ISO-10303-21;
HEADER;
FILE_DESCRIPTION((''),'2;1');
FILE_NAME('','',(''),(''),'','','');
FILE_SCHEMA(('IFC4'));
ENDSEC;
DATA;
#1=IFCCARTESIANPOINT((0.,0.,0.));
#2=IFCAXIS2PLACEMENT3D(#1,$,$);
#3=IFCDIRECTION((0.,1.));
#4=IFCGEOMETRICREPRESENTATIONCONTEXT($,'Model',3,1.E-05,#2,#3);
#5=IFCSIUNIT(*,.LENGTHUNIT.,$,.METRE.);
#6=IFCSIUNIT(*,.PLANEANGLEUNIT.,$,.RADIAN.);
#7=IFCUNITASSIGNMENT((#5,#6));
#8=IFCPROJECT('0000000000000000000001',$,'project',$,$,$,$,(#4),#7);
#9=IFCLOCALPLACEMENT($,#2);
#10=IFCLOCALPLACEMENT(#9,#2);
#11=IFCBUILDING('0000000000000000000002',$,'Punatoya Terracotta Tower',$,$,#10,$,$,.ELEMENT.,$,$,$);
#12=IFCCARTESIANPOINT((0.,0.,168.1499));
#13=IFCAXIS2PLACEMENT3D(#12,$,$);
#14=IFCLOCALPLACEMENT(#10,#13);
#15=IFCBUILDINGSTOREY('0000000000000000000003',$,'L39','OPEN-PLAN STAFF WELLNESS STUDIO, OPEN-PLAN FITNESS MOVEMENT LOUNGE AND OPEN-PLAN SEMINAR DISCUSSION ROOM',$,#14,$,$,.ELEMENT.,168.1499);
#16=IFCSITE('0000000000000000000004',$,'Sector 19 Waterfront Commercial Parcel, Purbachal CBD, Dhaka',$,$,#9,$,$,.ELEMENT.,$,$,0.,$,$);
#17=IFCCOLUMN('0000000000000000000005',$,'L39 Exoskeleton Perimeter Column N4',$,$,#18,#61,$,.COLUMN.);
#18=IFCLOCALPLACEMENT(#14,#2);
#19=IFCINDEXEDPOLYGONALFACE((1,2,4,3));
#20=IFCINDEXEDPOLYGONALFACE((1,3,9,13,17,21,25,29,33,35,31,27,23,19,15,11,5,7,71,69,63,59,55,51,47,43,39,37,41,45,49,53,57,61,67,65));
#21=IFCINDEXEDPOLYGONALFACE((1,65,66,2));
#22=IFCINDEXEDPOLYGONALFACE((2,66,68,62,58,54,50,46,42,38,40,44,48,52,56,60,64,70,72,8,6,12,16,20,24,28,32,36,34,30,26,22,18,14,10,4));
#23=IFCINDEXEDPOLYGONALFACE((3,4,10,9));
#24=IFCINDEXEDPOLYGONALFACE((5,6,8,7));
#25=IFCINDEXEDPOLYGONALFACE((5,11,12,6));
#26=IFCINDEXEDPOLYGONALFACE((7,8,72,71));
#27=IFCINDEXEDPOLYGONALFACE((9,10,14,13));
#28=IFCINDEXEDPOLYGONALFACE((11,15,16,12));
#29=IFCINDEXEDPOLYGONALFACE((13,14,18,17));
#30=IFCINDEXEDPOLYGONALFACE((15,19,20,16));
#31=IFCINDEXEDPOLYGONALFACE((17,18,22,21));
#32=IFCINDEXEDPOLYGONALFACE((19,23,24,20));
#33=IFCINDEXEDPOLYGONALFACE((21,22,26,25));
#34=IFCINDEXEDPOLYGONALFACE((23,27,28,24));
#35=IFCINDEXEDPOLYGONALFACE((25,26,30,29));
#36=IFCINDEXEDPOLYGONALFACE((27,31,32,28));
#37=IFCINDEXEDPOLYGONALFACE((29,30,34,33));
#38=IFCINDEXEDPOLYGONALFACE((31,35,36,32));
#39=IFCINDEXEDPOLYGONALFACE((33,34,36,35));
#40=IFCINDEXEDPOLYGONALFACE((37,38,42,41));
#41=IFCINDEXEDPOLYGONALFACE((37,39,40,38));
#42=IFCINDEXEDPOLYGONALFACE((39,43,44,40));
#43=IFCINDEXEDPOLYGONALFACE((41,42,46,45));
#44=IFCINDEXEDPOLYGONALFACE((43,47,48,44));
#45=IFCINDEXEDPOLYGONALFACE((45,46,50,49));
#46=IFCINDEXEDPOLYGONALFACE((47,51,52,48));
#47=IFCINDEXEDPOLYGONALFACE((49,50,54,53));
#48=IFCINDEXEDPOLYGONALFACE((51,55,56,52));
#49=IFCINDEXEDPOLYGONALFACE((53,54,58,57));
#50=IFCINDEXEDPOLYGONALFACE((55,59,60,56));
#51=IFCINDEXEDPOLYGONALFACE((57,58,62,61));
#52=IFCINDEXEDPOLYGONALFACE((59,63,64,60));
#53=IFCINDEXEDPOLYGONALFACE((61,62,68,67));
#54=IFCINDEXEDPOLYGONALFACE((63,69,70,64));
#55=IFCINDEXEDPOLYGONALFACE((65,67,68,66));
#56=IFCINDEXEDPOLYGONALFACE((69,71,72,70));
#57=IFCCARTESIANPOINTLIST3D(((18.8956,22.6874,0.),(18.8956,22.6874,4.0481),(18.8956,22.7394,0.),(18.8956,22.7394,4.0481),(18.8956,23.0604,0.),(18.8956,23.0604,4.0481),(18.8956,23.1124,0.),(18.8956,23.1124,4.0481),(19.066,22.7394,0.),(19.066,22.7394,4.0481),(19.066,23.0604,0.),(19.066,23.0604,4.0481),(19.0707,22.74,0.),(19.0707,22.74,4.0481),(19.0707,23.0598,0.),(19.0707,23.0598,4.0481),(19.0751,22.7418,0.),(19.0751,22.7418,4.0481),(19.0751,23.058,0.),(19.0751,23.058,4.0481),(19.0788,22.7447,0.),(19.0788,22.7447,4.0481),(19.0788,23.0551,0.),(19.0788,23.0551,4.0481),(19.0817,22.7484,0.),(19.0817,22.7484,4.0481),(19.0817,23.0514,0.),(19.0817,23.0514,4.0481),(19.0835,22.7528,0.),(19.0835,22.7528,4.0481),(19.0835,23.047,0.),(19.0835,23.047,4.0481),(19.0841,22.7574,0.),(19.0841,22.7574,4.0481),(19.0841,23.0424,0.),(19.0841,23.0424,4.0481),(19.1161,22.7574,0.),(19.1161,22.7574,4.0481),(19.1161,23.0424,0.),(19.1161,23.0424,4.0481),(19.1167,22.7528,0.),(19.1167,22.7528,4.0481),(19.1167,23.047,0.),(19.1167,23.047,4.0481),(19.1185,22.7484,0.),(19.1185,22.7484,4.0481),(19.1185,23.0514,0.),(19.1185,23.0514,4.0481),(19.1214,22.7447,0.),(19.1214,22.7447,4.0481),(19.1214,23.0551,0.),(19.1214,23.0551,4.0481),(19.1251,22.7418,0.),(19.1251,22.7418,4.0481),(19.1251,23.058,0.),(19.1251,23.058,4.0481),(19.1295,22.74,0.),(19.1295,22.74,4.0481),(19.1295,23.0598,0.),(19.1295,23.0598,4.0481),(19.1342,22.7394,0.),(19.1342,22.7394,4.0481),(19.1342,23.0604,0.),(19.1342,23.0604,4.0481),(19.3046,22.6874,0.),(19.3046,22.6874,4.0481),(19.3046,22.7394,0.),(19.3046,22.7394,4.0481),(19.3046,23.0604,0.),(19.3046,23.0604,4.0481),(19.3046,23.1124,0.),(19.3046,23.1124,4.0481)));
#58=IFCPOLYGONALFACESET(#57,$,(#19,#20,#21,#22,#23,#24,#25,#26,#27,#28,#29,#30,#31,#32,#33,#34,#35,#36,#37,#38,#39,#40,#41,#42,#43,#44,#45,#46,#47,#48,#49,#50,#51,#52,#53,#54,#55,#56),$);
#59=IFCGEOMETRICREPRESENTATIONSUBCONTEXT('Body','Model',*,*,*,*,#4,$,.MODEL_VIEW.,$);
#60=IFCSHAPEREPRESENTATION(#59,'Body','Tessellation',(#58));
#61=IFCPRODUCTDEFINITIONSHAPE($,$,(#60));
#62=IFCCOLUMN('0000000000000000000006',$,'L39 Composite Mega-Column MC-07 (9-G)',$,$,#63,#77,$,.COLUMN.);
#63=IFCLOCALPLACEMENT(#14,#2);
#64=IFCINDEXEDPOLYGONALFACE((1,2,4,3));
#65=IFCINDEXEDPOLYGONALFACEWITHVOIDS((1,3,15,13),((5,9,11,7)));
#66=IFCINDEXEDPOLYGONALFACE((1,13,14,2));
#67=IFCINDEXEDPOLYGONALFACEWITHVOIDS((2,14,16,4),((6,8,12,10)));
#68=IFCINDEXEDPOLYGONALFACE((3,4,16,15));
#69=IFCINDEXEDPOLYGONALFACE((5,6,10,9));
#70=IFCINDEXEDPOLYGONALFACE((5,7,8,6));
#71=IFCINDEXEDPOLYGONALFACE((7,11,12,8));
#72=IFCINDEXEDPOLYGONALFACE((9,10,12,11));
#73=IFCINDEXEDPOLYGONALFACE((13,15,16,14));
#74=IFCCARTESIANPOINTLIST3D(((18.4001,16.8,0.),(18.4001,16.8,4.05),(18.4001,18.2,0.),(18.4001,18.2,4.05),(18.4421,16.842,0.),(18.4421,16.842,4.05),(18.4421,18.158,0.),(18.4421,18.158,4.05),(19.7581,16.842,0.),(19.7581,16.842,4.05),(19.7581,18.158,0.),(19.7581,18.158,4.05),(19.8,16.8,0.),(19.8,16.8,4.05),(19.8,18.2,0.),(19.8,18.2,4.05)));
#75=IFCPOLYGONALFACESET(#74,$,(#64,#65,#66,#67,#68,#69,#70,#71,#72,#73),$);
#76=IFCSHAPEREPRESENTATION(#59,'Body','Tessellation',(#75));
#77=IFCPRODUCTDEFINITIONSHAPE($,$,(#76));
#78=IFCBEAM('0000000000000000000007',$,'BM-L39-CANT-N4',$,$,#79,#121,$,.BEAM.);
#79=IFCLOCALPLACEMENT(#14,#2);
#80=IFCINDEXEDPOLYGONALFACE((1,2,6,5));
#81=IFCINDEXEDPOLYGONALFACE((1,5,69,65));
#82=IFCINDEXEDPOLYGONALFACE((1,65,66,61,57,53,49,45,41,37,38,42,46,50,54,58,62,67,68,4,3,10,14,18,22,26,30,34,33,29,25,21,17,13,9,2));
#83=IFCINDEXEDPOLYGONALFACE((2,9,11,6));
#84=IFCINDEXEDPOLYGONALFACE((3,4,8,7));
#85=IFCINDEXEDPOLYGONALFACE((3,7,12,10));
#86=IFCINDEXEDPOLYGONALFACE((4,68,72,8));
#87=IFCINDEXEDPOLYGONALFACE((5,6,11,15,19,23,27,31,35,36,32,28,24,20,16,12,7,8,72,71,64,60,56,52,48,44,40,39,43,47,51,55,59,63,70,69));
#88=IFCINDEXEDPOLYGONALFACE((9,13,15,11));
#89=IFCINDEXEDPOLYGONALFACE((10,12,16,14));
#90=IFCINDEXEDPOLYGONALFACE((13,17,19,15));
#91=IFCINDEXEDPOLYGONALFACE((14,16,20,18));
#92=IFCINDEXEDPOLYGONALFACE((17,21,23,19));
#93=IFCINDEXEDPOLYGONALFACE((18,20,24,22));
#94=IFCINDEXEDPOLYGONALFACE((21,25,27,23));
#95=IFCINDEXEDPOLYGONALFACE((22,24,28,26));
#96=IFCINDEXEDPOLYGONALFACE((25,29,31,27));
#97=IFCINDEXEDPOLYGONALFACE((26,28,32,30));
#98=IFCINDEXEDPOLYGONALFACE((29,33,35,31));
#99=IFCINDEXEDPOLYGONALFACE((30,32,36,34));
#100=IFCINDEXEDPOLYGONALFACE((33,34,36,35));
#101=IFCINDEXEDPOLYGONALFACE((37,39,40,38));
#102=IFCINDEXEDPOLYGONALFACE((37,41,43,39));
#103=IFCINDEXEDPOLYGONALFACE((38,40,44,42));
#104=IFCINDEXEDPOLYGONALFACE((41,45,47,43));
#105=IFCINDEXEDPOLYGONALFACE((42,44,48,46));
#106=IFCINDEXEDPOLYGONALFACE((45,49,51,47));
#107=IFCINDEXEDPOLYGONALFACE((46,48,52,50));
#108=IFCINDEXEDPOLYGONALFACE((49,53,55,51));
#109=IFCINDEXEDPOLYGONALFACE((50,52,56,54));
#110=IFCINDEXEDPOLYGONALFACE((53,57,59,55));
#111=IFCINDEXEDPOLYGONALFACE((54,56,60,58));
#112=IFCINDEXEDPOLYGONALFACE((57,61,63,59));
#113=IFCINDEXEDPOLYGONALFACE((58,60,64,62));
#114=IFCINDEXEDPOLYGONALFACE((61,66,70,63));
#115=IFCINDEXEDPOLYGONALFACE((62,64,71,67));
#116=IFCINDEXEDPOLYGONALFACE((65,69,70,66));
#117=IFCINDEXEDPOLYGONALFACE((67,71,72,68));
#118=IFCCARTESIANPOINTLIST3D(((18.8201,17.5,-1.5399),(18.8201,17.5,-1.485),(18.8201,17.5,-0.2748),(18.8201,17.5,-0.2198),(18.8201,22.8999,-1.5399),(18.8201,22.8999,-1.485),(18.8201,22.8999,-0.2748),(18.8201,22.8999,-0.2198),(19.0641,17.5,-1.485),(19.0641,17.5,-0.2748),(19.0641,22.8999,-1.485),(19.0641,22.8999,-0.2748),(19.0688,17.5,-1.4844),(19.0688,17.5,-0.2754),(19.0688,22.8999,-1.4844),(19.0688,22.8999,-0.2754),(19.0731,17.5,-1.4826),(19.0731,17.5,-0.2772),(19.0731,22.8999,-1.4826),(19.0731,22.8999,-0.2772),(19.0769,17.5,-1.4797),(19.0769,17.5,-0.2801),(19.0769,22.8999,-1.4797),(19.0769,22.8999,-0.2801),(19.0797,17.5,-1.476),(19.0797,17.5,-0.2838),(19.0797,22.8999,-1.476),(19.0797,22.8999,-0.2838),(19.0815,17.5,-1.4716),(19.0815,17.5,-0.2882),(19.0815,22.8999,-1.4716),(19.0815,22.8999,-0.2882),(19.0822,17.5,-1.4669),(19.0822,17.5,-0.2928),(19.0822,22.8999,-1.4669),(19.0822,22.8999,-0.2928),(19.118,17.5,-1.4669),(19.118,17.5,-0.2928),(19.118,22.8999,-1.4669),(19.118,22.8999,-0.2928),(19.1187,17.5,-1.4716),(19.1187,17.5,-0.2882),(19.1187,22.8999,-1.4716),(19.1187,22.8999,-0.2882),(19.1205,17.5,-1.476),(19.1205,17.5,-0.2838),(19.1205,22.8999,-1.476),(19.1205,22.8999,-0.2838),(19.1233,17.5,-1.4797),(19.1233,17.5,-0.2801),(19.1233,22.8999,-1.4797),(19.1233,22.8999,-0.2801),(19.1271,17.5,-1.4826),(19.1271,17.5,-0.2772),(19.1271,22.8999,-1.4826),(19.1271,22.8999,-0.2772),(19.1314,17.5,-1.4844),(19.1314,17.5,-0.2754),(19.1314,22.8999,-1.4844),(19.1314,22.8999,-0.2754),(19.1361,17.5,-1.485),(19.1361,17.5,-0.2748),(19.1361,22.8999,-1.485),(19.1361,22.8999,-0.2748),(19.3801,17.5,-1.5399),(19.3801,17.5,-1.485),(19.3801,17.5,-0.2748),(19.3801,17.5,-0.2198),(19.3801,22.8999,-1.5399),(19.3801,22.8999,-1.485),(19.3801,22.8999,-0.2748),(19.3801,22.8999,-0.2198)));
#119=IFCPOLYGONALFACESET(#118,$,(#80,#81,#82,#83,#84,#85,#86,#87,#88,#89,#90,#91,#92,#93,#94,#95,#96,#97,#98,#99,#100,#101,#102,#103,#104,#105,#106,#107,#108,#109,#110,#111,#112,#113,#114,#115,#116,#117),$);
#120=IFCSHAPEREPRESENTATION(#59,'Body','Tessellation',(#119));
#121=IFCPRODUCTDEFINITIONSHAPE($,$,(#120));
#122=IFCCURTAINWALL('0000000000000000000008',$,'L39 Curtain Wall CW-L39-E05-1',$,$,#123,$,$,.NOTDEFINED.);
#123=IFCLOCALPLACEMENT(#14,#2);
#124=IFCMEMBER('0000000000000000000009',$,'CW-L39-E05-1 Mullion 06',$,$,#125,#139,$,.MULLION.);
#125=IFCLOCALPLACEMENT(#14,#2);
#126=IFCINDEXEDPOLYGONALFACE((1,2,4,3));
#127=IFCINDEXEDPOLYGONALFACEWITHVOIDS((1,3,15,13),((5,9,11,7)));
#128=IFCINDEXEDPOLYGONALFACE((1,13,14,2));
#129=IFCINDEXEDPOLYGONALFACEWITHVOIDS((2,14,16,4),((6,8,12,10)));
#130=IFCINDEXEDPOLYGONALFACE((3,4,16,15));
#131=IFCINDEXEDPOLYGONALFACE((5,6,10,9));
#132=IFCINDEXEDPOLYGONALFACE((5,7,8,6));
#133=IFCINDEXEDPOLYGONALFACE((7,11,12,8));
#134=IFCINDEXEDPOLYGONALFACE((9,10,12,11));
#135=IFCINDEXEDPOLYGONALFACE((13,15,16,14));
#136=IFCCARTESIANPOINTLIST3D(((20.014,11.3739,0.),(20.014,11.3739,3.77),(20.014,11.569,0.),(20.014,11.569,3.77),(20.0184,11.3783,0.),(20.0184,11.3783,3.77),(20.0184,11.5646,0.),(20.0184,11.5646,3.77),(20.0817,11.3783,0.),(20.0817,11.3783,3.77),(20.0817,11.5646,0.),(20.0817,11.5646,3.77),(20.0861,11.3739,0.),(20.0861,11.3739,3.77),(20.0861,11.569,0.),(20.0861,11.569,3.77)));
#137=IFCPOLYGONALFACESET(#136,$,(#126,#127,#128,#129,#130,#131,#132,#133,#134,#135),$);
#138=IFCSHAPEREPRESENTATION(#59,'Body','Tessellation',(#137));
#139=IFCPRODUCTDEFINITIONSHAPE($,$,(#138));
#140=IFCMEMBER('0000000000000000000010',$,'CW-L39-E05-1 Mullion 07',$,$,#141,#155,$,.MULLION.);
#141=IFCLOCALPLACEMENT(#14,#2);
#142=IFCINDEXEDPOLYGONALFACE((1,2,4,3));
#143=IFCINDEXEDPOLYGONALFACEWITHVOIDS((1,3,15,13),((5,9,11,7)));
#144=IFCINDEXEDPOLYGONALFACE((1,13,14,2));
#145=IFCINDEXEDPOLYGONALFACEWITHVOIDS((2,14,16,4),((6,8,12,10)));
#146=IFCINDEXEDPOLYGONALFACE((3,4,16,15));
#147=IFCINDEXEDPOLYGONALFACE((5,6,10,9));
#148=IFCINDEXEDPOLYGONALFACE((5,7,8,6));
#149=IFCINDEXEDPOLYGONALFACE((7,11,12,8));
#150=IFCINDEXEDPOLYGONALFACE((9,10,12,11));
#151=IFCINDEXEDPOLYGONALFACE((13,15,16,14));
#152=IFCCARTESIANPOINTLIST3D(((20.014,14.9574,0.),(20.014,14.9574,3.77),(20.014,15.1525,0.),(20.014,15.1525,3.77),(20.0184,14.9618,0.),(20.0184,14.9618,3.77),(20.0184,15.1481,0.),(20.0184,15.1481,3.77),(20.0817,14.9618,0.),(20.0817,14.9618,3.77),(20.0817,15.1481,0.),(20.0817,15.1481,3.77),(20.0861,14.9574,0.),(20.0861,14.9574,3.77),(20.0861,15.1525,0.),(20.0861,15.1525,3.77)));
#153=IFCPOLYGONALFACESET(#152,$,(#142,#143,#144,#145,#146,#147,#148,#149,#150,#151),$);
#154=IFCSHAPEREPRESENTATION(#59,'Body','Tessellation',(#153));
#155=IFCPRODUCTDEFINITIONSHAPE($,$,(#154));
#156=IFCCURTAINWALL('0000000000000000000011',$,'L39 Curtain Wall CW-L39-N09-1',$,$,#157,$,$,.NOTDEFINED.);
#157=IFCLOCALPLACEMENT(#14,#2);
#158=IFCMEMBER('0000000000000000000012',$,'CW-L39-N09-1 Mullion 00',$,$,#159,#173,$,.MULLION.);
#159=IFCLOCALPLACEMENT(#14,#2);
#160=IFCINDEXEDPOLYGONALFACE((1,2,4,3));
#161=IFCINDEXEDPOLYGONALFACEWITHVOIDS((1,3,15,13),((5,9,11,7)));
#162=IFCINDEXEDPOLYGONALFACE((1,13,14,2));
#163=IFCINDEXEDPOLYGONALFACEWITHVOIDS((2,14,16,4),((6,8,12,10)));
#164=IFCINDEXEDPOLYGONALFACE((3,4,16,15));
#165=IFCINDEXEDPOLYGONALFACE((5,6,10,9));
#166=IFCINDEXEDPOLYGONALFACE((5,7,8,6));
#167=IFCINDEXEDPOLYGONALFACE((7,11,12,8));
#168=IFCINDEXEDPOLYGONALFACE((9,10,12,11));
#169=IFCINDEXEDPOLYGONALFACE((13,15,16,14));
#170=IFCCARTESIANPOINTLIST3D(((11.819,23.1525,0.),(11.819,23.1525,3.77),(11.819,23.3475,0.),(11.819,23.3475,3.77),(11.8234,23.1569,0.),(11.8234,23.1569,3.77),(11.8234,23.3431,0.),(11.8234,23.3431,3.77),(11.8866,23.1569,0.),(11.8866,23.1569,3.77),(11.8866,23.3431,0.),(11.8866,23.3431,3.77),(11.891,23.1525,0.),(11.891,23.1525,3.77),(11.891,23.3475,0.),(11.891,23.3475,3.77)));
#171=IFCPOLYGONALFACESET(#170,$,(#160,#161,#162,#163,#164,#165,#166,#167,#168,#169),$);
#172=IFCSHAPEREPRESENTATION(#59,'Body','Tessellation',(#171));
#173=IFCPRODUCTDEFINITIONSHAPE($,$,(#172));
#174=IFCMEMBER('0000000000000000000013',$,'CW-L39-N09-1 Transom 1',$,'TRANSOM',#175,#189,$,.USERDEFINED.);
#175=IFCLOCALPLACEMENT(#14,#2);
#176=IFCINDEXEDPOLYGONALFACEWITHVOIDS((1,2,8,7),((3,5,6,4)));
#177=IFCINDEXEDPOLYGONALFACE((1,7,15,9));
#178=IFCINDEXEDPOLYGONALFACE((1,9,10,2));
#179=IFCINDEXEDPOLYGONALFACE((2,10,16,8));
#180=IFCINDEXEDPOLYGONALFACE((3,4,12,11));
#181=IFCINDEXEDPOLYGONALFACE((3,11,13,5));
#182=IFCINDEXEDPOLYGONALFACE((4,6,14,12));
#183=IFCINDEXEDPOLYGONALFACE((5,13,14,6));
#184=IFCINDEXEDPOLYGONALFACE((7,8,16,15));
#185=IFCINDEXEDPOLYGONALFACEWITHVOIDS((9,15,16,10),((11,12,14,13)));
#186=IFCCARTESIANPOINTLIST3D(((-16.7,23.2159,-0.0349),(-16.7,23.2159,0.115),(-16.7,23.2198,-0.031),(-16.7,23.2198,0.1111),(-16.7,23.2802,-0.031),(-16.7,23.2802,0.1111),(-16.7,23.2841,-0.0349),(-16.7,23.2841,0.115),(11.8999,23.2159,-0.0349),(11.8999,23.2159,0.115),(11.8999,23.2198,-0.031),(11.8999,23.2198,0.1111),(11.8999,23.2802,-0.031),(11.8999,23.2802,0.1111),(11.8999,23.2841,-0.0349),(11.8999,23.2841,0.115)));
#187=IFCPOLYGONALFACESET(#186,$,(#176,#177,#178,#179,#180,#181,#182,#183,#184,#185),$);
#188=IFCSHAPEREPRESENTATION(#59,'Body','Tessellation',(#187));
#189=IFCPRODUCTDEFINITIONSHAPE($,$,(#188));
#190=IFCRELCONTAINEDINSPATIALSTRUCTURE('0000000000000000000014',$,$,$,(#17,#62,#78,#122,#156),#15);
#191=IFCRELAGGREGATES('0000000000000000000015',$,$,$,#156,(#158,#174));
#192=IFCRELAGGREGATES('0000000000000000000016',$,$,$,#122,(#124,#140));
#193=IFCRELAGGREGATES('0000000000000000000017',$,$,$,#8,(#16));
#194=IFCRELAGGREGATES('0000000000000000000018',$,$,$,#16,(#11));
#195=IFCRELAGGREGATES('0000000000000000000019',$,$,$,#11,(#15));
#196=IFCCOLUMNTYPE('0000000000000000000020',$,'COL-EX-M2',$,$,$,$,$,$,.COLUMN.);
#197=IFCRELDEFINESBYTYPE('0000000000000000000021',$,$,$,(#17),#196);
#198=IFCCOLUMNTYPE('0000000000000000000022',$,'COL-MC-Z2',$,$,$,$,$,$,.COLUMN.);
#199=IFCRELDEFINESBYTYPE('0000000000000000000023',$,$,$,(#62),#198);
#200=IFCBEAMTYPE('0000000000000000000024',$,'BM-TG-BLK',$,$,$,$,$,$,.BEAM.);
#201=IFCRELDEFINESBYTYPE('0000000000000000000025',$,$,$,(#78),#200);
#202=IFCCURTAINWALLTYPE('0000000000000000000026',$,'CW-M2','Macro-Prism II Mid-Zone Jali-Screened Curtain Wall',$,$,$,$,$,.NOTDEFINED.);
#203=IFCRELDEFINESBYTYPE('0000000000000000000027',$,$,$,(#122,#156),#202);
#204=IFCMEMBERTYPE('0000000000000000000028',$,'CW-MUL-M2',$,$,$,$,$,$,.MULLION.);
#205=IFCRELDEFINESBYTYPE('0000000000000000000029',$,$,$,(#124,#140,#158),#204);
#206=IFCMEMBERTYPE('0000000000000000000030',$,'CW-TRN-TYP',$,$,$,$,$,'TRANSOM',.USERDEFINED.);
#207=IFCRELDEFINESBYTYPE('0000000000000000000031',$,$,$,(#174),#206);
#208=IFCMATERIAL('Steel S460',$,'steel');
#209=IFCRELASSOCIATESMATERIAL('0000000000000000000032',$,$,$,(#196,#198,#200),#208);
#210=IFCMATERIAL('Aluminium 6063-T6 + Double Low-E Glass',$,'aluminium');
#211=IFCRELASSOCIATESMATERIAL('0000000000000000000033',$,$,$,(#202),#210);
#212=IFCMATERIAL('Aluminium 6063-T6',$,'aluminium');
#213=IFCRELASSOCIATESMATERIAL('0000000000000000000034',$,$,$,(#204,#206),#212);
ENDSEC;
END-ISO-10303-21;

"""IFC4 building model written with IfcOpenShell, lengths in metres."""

from ifc_helpers import new_model, si_unit, direction, frame, origin, origin_2d, place, context, subcontext, project, spatial, hollow_rectangle, i_section, extrude, material, material_profile, profile_set, type_object, element, aggregate, save


model = new_model("IFC4")

# Units and contexts
model_context = context("Model", 3, precision=1e-05, world=origin(), true_north=direction((0.0, 1.0)))
body_context = subcontext(model_context, "Body", "Model", "MODEL_VIEW")
ifc_project = project(units=[si_unit("LENGTHUNIT", "METRE"), si_unit("PLANEANGLEUNIT", "RADIAN")], contexts=[model_context])

# Site, building, storey
site_placement = place(None, origin())
site = spatial("IfcSite", under=ifc_project, at=site_placement, Name="Sector 19 Waterfront Commercial Parcel, Purbachal CBD, Dhaka", CompositionType="ELEMENT", RefElevation=0.0)
building_placement = place(site_placement, origin())
building = spatial("IfcBuilding", under=site, at=building_placement, Name="Punatoya Terracotta Tower", CompositionType="ELEMENT")
storey_placement = place(building_placement, frame((0.0, 0.0, 168.1499)))
storey = spatial("IfcBuildingStorey", under=building, at=storey_placement, Name="L39", Description="OPEN-PLAN STAFF WELLNESS STUDIO, OPEN-PLAN FITNESS MOVEMENT LOUNGE AND OPEN-PLAN SEMINAR DISCUSSION ROOM", CompositionType="ELEMENT", Elevation=168.1499)

# Columns
ifc_material_1 = material(Name="Steel S460", Category="steel")
ifc_material_profile_1 = material_profile(ifc_material_1, i_section(OverallWidth=0.4089, OverallDepth=0.425, WebThickness=0.032, FlangeThickness=0.052, FilletRadius=0.0181, at=origin_2d()))
ifc_profile_set_1 = profile_set([ifc_material_profile_1], Name="Steel S460")
column_type_1 = type_object("IfcColumnType", Name="COL-EX-M2", PredefinedType="COLUMN", material=ifc_profile_set_1)
column_1_placement = place(storey_placement, frame((19.1001, 22.8999, 0.0), z_axis=(0.0, 0.0, 1.0), x_axis=(1.0, 0.0, 0.0)))
element("IfcColumn", 1, at=column_1_placement, inside=storey, type_object=column_type_1, Name="L39 Exoskeleton Perimeter Column N4", PredefinedType="COLUMN", context=body_context, shape_type="SweptSolid", body=[
    extrude(i_section(OverallWidth=0.4089, OverallDepth=0.425, WebThickness=0.032, FlangeThickness=0.052, FilletRadius=0.0181, at=origin_2d()), origin(), (0.0, 0.0, 1.0), 4.0481),
])
ifc_material_profile_2 = material_profile(ifc_material_1, hollow_rectangle(XDim=1.3999, YDim=1.3999, WallThickness=0.042, at=origin_2d()))
ifc_profile_set_2 = profile_set([ifc_material_profile_2], Name="Steel S460")
column_type_2 = type_object("IfcColumnType", Name="COL-MC-Z2", PredefinedType="COLUMN", material=ifc_profile_set_2)
column_2_placement = place(storey_placement, frame((19.1001, 17.5, 0.0), z_axis=(0.0, 0.0, 1.0), x_axis=(1.0, 0.0, 0.0)))
element("IfcColumn", 2, at=column_2_placement, inside=storey, type_object=column_type_2, Name="L39 Composite Mega-Column MC-07 (9-G)", PredefinedType="COLUMN", context=body_context, shape_type="SweptSolid", body=[
    extrude(hollow_rectangle(XDim=1.3999, YDim=1.3999, WallThickness=0.042, at=origin_2d()), origin(), (0.0, 0.0, 1.0), 4.05),
])

# Beam
ifc_material_profile_3 = material_profile(ifc_material_1, i_section(OverallWidth=0.5601, OverallDepth=1.3201, WebThickness=0.0359, FlangeThickness=0.0549, FilletRadius=0.0181, at=origin_2d()))
ifc_profile_set_3 = profile_set([ifc_material_profile_3], Name="Steel S460")
beam_type = type_object("IfcBeamType", Name="BM-TG-BLK", PredefinedType="BEAM", material=ifc_profile_set_3)
beam_placement = place(storey_placement, frame((19.1001, 17.5, -0.8799), z_axis=(0.0, 1.0, 0.0), x_axis=(-1.0, 0.0, 0.0)))
element("IfcBeam", 3, at=beam_placement, inside=storey, type_object=beam_type, Name="BM-L39-CANT-N4", PredefinedType="BEAM", context=body_context, shape_type="SweptSolid", body=[
    extrude(i_section(OverallWidth=0.5601, OverallDepth=1.3201, WebThickness=0.0359, FlangeThickness=0.0549, FilletRadius=0.0181, at=origin_2d()), origin(), (0.0, 0.0, 1.0), 5.3999),
])

# Curtain walls, members
ifc_material_2 = material(Name="Aluminium 6063-T6 + Double Low-E Glass", Category="aluminium")
curtain_wall_type = type_object("IfcCurtainWallType", Name="CW-M2", Description="Macro-Prism II Mid-Zone Jali-Screened Curtain Wall", PredefinedType="NOTDEFINED", material=ifc_material_2)
curtain_wall_1_placement = place(storey_placement, origin())
curtain_wall_1 = element("IfcCurtainWall", 4, at=curtain_wall_1_placement, inside=storey, type_object=curtain_wall_type, Name="L39 Curtain Wall CW-L39-E05-1", PredefinedType="NOTDEFINED")
ifc_material_3 = material(Name="Aluminium 6063-T6", Category="aluminium")
ifc_material_profile_4 = material_profile(ifc_material_3, hollow_rectangle(XDim=0.072, YDim=0.1951, WallThickness=0.0044, at=origin_2d()))
ifc_profile_set_4 = profile_set([ifc_material_profile_4], Name="Aluminium 6063-T6")
member_type_1 = type_object("IfcMemberType", Name="CW-MUL-M2", PredefinedType="MULLION", material=ifc_profile_set_4)
member_1_placement = place(storey_placement, frame((20.05, 11.4714, 0.0), z_axis=(0.0, 0.0, 1.0), x_axis=(1.0, 0.0, 0.0)))
member_1 = element("IfcMember", 5, at=member_1_placement, type_object=member_type_1, Name="CW-L39-E05-1 Mullion 06", PredefinedType="MULLION", context=body_context, shape_type="SweptSolid", body=[
    extrude(hollow_rectangle(XDim=0.072, YDim=0.1951, WallThickness=0.0044, at=origin_2d()), origin(), (0.0, 0.0, 1.0), 3.77),
])
member_2_placement = place(storey_placement, frame((20.05, 15.0549, 0.0), z_axis=(0.0, 0.0, 1.0), x_axis=(1.0, 0.0, 0.0)))
member_2 = element("IfcMember", 6, at=member_2_placement, type_object=member_type_1, Name="CW-L39-E05-1 Mullion 07", PredefinedType="MULLION", context=body_context, shape_type="SweptSolid", body=[
    extrude(hollow_rectangle(XDim=0.072, YDim=0.1951, WallThickness=0.0044, at=origin_2d()), origin(), (0.0, 0.0, 1.0), 3.77),
])
curtain_wall_2_placement = place(storey_placement, origin())
curtain_wall_2 = element("IfcCurtainWall", 7, at=curtain_wall_2_placement, inside=storey, type_object=curtain_wall_type, Name="L39 Curtain Wall CW-L39-N09-1", PredefinedType="NOTDEFINED")
member_3_placement = place(storey_placement, frame((11.855, 23.25, 0.0), z_axis=(0.0, 0.0, 1.0), x_axis=(1.0, 0.0, 0.0)))
member_3 = element("IfcMember", 8, at=member_3_placement, type_object=member_type_1, Name="CW-L39-N09-1 Mullion 00", PredefinedType="MULLION", context=body_context, shape_type="SweptSolid", body=[
    extrude(hollow_rectangle(XDim=0.072, YDim=0.1951, WallThickness=0.0044, at=origin_2d()), origin(), (0.0, 0.0, 1.0), 3.77),
])
ifc_material_profile_5 = material_profile(ifc_material_3, hollow_rectangle(XDim=0.0681, YDim=0.1499, WallThickness=0.0039, at=origin_2d()))
ifc_profile_set_5 = profile_set([ifc_material_profile_5], Name="Aluminium 6063-T6")
member_type_2 = type_object("IfcMemberType", Name="CW-TRN-TYP", ElementType="TRANSOM", PredefinedType="USERDEFINED", material=ifc_profile_set_5)
member_4_placement = place(storey_placement, frame((11.8999, 23.25, 0.04), z_axis=(-1.0, 0.0, 0.0), x_axis=(0.0, -1.0, 0.0)))
member_4 = element("IfcMember", 9, at=member_4_placement, type_object=member_type_2, Name="CW-L39-N09-1 Transom 1", ObjectType="TRANSOM", PredefinedType="USERDEFINED", context=body_context, shape_type="SweptSolid", body=[
    extrude(hollow_rectangle(XDim=0.0681, YDim=0.1499, WallThickness=0.0039, at=origin_2d()), origin(), (0.0, 0.0, 1.0), 28.5999),
])
aggregate(curtain_wall_2, [member_3, member_4])

aggregate(curtain_wall_1, [member_1, member_2])

save(model, "model.ifc")
